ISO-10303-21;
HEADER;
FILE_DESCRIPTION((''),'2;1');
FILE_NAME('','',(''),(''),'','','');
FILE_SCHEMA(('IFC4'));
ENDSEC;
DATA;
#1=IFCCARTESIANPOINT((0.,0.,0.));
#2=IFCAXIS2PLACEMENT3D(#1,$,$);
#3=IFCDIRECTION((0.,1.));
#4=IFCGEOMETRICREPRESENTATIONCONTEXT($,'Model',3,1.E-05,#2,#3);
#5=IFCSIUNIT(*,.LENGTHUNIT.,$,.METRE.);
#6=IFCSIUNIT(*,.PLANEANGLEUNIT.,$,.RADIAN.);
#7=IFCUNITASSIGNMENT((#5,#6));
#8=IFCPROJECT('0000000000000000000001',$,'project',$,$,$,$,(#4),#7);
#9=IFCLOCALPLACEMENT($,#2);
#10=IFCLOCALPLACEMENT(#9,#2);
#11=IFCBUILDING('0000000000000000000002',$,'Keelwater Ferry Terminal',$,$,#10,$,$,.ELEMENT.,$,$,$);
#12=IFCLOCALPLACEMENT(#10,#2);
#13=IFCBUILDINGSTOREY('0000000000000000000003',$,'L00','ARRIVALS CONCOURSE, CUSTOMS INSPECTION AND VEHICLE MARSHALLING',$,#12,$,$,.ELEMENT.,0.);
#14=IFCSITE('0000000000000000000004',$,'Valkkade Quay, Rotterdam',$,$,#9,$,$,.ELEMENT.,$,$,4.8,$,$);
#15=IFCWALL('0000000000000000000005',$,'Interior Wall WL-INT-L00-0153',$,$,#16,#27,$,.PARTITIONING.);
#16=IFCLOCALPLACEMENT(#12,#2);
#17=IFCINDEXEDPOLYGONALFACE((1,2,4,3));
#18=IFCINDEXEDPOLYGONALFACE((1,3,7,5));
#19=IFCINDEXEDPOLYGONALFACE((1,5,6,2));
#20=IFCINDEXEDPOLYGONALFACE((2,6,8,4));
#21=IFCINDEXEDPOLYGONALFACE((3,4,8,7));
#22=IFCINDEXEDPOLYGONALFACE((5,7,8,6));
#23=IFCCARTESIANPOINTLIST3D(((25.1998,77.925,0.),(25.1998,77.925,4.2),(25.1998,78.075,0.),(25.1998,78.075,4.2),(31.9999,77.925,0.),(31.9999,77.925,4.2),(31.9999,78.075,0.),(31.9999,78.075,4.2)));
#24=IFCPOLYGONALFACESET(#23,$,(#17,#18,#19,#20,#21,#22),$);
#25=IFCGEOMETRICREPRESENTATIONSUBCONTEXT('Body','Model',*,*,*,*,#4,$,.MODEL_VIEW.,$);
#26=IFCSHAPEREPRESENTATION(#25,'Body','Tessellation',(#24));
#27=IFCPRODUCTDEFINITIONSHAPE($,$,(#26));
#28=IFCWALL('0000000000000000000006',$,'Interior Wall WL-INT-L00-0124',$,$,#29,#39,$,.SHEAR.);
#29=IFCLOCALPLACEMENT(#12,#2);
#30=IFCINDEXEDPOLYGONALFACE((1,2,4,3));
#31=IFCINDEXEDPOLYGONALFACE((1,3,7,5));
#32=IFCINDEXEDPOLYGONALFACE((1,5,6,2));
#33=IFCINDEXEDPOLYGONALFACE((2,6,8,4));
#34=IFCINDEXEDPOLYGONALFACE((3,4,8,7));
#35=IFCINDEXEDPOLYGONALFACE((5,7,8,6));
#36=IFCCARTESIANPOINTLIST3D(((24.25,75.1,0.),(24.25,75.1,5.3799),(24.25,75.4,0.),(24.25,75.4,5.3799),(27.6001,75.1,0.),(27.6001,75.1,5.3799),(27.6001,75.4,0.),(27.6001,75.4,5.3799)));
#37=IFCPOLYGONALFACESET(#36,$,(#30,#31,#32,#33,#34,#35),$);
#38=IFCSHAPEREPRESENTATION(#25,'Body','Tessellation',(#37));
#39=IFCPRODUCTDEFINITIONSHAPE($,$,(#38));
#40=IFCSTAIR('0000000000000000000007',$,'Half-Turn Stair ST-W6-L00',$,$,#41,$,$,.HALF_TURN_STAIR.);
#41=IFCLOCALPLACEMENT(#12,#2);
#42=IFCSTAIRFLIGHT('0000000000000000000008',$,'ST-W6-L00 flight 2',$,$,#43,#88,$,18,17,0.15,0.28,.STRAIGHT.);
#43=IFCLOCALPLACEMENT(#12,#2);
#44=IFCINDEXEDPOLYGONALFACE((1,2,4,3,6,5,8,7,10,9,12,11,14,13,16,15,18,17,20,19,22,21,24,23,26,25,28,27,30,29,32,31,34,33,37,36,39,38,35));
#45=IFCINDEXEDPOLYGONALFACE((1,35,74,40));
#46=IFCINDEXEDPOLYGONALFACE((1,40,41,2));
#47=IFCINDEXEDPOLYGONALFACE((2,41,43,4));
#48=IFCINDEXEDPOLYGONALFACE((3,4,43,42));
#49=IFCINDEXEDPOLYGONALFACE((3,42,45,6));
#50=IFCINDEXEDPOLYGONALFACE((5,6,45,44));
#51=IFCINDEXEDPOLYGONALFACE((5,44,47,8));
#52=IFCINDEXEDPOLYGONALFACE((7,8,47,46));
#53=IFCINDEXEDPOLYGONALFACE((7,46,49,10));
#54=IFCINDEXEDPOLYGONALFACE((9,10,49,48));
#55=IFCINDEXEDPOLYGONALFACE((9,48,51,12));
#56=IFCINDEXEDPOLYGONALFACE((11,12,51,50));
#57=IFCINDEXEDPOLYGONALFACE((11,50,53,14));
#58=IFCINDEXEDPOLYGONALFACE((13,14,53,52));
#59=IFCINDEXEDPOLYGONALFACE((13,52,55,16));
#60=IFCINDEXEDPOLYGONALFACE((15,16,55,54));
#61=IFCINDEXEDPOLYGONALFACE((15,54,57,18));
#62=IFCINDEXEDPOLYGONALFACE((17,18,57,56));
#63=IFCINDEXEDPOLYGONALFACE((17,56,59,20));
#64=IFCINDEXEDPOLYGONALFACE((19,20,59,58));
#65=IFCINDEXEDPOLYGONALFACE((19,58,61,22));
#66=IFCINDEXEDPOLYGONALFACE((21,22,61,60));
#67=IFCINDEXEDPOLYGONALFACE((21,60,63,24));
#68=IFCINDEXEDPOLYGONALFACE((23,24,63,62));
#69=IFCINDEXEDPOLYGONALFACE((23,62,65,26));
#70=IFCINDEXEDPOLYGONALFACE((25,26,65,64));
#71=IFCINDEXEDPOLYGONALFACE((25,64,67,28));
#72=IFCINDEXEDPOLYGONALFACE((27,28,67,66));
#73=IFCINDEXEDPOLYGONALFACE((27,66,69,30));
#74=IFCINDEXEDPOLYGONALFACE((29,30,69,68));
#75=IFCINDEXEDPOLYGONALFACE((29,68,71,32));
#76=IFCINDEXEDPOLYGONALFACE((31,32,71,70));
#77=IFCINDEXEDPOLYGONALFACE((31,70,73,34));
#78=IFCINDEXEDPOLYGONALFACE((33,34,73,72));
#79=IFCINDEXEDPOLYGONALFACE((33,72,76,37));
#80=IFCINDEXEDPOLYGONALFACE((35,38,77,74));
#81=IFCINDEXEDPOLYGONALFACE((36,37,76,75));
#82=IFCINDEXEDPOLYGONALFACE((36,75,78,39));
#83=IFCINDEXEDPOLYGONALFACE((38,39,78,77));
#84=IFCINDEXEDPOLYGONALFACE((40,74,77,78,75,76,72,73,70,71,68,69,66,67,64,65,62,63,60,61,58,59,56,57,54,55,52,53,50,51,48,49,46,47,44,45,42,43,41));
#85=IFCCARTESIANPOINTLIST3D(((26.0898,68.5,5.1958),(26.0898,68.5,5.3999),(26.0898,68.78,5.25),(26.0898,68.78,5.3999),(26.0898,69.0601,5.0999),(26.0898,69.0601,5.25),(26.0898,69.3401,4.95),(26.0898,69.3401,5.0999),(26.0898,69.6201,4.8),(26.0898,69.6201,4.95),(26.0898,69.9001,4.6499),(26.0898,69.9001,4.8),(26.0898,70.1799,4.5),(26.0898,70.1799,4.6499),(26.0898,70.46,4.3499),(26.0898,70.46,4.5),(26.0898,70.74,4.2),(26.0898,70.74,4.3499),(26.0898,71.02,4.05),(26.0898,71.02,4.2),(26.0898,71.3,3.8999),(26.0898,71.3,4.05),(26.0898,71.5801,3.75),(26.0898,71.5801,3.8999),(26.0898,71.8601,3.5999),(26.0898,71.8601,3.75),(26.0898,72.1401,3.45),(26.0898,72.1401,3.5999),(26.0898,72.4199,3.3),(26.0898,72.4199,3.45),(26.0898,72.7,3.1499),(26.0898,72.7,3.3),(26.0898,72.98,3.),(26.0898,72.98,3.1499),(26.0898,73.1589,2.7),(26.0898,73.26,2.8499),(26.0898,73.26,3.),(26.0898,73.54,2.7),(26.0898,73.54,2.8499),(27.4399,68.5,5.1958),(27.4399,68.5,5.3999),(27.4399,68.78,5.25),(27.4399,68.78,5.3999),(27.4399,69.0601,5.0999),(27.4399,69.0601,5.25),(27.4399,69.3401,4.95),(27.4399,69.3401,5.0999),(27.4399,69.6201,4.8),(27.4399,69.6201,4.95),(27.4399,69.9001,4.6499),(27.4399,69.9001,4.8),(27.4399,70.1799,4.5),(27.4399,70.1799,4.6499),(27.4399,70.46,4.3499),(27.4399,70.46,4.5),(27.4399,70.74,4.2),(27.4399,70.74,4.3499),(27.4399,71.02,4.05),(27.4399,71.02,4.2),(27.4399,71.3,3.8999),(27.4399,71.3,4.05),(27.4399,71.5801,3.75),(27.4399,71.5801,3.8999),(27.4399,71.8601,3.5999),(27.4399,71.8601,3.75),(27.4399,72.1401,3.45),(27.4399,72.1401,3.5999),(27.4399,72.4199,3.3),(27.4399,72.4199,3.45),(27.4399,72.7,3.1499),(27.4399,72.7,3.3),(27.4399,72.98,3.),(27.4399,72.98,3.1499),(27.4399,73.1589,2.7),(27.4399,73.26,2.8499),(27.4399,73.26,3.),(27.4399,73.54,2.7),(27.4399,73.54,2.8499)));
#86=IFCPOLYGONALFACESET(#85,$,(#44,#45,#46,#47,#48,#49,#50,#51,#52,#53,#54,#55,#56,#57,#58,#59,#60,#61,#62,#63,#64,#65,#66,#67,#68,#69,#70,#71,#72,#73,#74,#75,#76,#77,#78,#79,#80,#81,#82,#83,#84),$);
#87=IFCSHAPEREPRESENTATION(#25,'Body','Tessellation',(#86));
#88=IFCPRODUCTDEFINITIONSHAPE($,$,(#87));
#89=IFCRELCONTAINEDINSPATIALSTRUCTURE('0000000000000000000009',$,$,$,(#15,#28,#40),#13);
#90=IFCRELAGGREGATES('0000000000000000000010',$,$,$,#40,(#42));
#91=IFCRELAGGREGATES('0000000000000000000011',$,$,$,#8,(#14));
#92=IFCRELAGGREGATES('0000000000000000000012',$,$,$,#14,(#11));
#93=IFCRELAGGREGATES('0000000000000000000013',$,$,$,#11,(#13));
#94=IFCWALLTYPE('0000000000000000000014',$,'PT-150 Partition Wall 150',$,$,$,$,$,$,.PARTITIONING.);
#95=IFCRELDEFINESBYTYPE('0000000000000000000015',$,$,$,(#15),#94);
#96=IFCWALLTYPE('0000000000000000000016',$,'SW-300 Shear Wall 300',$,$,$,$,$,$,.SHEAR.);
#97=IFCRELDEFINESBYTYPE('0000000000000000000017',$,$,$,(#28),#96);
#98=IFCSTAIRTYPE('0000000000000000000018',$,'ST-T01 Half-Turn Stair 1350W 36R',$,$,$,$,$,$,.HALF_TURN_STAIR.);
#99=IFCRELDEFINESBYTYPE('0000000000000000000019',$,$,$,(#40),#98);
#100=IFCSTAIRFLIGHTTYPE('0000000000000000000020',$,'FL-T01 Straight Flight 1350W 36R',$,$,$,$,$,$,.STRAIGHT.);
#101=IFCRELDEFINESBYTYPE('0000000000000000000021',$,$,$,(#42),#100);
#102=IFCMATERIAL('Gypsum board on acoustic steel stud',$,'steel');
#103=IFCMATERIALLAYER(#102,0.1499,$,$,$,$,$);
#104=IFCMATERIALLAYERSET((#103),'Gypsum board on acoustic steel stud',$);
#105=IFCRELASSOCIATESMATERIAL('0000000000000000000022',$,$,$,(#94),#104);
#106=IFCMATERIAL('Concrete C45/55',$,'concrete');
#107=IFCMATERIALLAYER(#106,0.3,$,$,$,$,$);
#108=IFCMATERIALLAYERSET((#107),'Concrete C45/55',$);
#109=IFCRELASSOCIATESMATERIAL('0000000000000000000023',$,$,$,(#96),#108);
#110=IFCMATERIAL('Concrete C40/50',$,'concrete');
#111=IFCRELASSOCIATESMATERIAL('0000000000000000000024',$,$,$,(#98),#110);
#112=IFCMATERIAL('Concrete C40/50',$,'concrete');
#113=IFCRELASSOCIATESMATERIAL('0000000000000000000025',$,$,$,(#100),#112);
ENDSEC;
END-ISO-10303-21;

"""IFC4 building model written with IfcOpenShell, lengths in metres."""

from ifc_helpers import new_model, si_unit, direction, frame, frame_2d, origin, place, context, subcontext, project, spatial, polyline, rectangle, outline, extrude, material, layer, layer_set, type_object, element, aggregate, save


model = new_model("IFC4")

# Units and contexts
model_context = context("Model", 3, precision=1e-05, world=origin(), true_north=direction((0.0, 1.0)))
body_context = subcontext(model_context, "Body", "Model", "MODEL_VIEW")
ifc_project = project(units=[si_unit("LENGTHUNIT", "METRE"), si_unit("PLANEANGLEUNIT", "RADIAN")], contexts=[model_context])

# Site, building, storey
site_placement = place(None, origin())
site = spatial("IfcSite", under=ifc_project, at=site_placement, Name="Valkkade Quay, Rotterdam", CompositionType="ELEMENT", RefElevation=4.8)
building_placement = place(site_placement, origin())
building = spatial("IfcBuilding", under=site, at=building_placement, Name="Keelwater Ferry Terminal", CompositionType="ELEMENT")
storey_placement = place(building_placement, origin())
storey = spatial("IfcBuildingStorey", under=building, at=storey_placement, Name="L00", Description="ARRIVALS CONCOURSE, CUSTOMS INSPECTION AND VEHICLE MARSHALLING", CompositionType="ELEMENT", Elevation=0.0)

# Shared definitions
ifc_material_1 = material(Name="Gypsum board on acoustic steel stud", Category="steel")
ifc_layer_1 = layer(ifc_material_1, 0.1499)
ifc_layer_set_1 = layer_set([ifc_layer_1], Name="Gypsum board on acoustic steel stud")
wall_type_1 = type_object("IfcWallType", Name="PT-150 Partition Wall 150", PredefinedType="PARTITIONING", material=ifc_layer_set_1)

# Walls
wall_1_placement = place(storey_placement, frame((25.2, 78.0, 0.0), z_axis=(0.0, 0.0, 1.0), x_axis=(1.0, 0.0, 0.0)))
element("IfcWall", 1, at=wall_1_placement, inside=storey, type_object=wall_type_1, Name="Interior Wall WL-INT-L00-0153", PredefinedType="PARTITIONING", context=body_context, shape_type="SweptSolid", body=[
    extrude(rectangle(XDim=6.8, YDim=0.1499, at=frame_2d((3.3999, 0.0))), origin(), (0.0, 0.0, 1.0), 4.2),
])
ifc_material_2 = material(Name="Concrete C45/55", Category="concrete")
ifc_layer_2 = layer(ifc_material_2, 0.3)
ifc_layer_set_2 = layer_set([ifc_layer_2], Name="Concrete C45/55")
wall_type_2 = type_object("IfcWallType", Name="SW-300 Shear Wall 300", PredefinedType="SHEAR", material=ifc_layer_set_2)
wall_2_placement = place(storey_placement, frame((24.25, 75.25, 0.0), z_axis=(0.0, 0.0, 1.0), x_axis=(1.0, 0.0, 0.0)))
element("IfcWall", 2, at=wall_2_placement, inside=storey, type_object=wall_type_2, Name="Interior Wall WL-INT-L00-0124", PredefinedType="SHEAR", context=body_context, shape_type="SweptSolid", body=[
    extrude(rectangle(XDim=3.3501, YDim=0.3, at=frame_2d((1.675, 0.0))), origin(), (0.0, 0.0, 1.0), 5.3799),
])

# Stair, stair flight
ifc_material_3 = material(Name="Concrete C40/50", Category="concrete")
stair_type = type_object("IfcStairType", Name="ST-T01 Half-Turn Stair 1350W 36R", PredefinedType="HALF_TURN_STAIR", material=ifc_material_3)
stair_placement = place(storey_placement, origin())
stair = element("IfcStair", 3, at=stair_placement, inside=storey, type_object=stair_type, Name="Half-Turn Stair ST-W6-L00", PredefinedType="HALF_TURN_STAIR")
ifc_material_4 = material(Name="Concrete C40/50", Category="concrete")
stair_flight_type = type_object("IfcStairFlightType", Name="FL-T01 Straight Flight 1350W 36R", PredefinedType="STRAIGHT", material=ifc_material_4)
stair_flight_placement = place(storey_placement, frame((26.7649, 73.54, 2.7), z_axis=(0.0, 0.0, 1.0), x_axis=(0.0, -1.0, 0.0)))
stair_flight = element("IfcStairFlight", 4, at=stair_flight_placement, type_object=stair_flight_type, Name="ST-W6-L00 flight 2", NumberOfRisers=18, NumberOfTreads=17, PredefinedType="STRAIGHT", RiserHeight=0.15, TreadLength=0.28, context=body_context, shape_type="SweptSolid", body=[
    extrude(outline(polyline([(0.0, 0.0), (0.0, 0.1499), (0.28, 0.1499), (0.28, 0.3), (0.5601, 0.3), (0.5601, 0.45), (0.8401, 0.45), (0.8401, 0.6001), (1.1201, 0.6001), (1.1201, 0.75), (1.3999, 0.75), (1.3999, 0.8999), (1.6799, 0.8999), (1.6799, 1.05), (1.96, 1.05), (1.96, 1.2), (2.24, 1.2), (2.24, 1.3501), (2.52, 1.3501), (2.52, 1.5), (2.8, 1.5), (2.8, 1.6499), (3.0801, 1.6499), (3.0801, 1.8), (3.3601, 1.8), (3.3601, 1.95), (3.6399, 1.95), (3.6399, 2.1001), (3.9199, 2.1001), (3.9199, 2.25), (4.2, 2.25), (4.2, 2.3999), (4.48, 2.3999), (4.48, 2.55), (4.76, 2.55), (4.76, 2.7), (5.04, 2.7), (5.04, 2.4958), (0.3811, 0.0), (0.0, 0.0)])), frame((0.0, 0.675, 0.0), z_axis=(0.0, -1.0, 0.0), x_axis=(1.0, 0.0, 0.0)), (0.0, 0.0, 1.0), 1.3501),
])
aggregate(stair, [stair_flight])

save(model, "model.ifc")
